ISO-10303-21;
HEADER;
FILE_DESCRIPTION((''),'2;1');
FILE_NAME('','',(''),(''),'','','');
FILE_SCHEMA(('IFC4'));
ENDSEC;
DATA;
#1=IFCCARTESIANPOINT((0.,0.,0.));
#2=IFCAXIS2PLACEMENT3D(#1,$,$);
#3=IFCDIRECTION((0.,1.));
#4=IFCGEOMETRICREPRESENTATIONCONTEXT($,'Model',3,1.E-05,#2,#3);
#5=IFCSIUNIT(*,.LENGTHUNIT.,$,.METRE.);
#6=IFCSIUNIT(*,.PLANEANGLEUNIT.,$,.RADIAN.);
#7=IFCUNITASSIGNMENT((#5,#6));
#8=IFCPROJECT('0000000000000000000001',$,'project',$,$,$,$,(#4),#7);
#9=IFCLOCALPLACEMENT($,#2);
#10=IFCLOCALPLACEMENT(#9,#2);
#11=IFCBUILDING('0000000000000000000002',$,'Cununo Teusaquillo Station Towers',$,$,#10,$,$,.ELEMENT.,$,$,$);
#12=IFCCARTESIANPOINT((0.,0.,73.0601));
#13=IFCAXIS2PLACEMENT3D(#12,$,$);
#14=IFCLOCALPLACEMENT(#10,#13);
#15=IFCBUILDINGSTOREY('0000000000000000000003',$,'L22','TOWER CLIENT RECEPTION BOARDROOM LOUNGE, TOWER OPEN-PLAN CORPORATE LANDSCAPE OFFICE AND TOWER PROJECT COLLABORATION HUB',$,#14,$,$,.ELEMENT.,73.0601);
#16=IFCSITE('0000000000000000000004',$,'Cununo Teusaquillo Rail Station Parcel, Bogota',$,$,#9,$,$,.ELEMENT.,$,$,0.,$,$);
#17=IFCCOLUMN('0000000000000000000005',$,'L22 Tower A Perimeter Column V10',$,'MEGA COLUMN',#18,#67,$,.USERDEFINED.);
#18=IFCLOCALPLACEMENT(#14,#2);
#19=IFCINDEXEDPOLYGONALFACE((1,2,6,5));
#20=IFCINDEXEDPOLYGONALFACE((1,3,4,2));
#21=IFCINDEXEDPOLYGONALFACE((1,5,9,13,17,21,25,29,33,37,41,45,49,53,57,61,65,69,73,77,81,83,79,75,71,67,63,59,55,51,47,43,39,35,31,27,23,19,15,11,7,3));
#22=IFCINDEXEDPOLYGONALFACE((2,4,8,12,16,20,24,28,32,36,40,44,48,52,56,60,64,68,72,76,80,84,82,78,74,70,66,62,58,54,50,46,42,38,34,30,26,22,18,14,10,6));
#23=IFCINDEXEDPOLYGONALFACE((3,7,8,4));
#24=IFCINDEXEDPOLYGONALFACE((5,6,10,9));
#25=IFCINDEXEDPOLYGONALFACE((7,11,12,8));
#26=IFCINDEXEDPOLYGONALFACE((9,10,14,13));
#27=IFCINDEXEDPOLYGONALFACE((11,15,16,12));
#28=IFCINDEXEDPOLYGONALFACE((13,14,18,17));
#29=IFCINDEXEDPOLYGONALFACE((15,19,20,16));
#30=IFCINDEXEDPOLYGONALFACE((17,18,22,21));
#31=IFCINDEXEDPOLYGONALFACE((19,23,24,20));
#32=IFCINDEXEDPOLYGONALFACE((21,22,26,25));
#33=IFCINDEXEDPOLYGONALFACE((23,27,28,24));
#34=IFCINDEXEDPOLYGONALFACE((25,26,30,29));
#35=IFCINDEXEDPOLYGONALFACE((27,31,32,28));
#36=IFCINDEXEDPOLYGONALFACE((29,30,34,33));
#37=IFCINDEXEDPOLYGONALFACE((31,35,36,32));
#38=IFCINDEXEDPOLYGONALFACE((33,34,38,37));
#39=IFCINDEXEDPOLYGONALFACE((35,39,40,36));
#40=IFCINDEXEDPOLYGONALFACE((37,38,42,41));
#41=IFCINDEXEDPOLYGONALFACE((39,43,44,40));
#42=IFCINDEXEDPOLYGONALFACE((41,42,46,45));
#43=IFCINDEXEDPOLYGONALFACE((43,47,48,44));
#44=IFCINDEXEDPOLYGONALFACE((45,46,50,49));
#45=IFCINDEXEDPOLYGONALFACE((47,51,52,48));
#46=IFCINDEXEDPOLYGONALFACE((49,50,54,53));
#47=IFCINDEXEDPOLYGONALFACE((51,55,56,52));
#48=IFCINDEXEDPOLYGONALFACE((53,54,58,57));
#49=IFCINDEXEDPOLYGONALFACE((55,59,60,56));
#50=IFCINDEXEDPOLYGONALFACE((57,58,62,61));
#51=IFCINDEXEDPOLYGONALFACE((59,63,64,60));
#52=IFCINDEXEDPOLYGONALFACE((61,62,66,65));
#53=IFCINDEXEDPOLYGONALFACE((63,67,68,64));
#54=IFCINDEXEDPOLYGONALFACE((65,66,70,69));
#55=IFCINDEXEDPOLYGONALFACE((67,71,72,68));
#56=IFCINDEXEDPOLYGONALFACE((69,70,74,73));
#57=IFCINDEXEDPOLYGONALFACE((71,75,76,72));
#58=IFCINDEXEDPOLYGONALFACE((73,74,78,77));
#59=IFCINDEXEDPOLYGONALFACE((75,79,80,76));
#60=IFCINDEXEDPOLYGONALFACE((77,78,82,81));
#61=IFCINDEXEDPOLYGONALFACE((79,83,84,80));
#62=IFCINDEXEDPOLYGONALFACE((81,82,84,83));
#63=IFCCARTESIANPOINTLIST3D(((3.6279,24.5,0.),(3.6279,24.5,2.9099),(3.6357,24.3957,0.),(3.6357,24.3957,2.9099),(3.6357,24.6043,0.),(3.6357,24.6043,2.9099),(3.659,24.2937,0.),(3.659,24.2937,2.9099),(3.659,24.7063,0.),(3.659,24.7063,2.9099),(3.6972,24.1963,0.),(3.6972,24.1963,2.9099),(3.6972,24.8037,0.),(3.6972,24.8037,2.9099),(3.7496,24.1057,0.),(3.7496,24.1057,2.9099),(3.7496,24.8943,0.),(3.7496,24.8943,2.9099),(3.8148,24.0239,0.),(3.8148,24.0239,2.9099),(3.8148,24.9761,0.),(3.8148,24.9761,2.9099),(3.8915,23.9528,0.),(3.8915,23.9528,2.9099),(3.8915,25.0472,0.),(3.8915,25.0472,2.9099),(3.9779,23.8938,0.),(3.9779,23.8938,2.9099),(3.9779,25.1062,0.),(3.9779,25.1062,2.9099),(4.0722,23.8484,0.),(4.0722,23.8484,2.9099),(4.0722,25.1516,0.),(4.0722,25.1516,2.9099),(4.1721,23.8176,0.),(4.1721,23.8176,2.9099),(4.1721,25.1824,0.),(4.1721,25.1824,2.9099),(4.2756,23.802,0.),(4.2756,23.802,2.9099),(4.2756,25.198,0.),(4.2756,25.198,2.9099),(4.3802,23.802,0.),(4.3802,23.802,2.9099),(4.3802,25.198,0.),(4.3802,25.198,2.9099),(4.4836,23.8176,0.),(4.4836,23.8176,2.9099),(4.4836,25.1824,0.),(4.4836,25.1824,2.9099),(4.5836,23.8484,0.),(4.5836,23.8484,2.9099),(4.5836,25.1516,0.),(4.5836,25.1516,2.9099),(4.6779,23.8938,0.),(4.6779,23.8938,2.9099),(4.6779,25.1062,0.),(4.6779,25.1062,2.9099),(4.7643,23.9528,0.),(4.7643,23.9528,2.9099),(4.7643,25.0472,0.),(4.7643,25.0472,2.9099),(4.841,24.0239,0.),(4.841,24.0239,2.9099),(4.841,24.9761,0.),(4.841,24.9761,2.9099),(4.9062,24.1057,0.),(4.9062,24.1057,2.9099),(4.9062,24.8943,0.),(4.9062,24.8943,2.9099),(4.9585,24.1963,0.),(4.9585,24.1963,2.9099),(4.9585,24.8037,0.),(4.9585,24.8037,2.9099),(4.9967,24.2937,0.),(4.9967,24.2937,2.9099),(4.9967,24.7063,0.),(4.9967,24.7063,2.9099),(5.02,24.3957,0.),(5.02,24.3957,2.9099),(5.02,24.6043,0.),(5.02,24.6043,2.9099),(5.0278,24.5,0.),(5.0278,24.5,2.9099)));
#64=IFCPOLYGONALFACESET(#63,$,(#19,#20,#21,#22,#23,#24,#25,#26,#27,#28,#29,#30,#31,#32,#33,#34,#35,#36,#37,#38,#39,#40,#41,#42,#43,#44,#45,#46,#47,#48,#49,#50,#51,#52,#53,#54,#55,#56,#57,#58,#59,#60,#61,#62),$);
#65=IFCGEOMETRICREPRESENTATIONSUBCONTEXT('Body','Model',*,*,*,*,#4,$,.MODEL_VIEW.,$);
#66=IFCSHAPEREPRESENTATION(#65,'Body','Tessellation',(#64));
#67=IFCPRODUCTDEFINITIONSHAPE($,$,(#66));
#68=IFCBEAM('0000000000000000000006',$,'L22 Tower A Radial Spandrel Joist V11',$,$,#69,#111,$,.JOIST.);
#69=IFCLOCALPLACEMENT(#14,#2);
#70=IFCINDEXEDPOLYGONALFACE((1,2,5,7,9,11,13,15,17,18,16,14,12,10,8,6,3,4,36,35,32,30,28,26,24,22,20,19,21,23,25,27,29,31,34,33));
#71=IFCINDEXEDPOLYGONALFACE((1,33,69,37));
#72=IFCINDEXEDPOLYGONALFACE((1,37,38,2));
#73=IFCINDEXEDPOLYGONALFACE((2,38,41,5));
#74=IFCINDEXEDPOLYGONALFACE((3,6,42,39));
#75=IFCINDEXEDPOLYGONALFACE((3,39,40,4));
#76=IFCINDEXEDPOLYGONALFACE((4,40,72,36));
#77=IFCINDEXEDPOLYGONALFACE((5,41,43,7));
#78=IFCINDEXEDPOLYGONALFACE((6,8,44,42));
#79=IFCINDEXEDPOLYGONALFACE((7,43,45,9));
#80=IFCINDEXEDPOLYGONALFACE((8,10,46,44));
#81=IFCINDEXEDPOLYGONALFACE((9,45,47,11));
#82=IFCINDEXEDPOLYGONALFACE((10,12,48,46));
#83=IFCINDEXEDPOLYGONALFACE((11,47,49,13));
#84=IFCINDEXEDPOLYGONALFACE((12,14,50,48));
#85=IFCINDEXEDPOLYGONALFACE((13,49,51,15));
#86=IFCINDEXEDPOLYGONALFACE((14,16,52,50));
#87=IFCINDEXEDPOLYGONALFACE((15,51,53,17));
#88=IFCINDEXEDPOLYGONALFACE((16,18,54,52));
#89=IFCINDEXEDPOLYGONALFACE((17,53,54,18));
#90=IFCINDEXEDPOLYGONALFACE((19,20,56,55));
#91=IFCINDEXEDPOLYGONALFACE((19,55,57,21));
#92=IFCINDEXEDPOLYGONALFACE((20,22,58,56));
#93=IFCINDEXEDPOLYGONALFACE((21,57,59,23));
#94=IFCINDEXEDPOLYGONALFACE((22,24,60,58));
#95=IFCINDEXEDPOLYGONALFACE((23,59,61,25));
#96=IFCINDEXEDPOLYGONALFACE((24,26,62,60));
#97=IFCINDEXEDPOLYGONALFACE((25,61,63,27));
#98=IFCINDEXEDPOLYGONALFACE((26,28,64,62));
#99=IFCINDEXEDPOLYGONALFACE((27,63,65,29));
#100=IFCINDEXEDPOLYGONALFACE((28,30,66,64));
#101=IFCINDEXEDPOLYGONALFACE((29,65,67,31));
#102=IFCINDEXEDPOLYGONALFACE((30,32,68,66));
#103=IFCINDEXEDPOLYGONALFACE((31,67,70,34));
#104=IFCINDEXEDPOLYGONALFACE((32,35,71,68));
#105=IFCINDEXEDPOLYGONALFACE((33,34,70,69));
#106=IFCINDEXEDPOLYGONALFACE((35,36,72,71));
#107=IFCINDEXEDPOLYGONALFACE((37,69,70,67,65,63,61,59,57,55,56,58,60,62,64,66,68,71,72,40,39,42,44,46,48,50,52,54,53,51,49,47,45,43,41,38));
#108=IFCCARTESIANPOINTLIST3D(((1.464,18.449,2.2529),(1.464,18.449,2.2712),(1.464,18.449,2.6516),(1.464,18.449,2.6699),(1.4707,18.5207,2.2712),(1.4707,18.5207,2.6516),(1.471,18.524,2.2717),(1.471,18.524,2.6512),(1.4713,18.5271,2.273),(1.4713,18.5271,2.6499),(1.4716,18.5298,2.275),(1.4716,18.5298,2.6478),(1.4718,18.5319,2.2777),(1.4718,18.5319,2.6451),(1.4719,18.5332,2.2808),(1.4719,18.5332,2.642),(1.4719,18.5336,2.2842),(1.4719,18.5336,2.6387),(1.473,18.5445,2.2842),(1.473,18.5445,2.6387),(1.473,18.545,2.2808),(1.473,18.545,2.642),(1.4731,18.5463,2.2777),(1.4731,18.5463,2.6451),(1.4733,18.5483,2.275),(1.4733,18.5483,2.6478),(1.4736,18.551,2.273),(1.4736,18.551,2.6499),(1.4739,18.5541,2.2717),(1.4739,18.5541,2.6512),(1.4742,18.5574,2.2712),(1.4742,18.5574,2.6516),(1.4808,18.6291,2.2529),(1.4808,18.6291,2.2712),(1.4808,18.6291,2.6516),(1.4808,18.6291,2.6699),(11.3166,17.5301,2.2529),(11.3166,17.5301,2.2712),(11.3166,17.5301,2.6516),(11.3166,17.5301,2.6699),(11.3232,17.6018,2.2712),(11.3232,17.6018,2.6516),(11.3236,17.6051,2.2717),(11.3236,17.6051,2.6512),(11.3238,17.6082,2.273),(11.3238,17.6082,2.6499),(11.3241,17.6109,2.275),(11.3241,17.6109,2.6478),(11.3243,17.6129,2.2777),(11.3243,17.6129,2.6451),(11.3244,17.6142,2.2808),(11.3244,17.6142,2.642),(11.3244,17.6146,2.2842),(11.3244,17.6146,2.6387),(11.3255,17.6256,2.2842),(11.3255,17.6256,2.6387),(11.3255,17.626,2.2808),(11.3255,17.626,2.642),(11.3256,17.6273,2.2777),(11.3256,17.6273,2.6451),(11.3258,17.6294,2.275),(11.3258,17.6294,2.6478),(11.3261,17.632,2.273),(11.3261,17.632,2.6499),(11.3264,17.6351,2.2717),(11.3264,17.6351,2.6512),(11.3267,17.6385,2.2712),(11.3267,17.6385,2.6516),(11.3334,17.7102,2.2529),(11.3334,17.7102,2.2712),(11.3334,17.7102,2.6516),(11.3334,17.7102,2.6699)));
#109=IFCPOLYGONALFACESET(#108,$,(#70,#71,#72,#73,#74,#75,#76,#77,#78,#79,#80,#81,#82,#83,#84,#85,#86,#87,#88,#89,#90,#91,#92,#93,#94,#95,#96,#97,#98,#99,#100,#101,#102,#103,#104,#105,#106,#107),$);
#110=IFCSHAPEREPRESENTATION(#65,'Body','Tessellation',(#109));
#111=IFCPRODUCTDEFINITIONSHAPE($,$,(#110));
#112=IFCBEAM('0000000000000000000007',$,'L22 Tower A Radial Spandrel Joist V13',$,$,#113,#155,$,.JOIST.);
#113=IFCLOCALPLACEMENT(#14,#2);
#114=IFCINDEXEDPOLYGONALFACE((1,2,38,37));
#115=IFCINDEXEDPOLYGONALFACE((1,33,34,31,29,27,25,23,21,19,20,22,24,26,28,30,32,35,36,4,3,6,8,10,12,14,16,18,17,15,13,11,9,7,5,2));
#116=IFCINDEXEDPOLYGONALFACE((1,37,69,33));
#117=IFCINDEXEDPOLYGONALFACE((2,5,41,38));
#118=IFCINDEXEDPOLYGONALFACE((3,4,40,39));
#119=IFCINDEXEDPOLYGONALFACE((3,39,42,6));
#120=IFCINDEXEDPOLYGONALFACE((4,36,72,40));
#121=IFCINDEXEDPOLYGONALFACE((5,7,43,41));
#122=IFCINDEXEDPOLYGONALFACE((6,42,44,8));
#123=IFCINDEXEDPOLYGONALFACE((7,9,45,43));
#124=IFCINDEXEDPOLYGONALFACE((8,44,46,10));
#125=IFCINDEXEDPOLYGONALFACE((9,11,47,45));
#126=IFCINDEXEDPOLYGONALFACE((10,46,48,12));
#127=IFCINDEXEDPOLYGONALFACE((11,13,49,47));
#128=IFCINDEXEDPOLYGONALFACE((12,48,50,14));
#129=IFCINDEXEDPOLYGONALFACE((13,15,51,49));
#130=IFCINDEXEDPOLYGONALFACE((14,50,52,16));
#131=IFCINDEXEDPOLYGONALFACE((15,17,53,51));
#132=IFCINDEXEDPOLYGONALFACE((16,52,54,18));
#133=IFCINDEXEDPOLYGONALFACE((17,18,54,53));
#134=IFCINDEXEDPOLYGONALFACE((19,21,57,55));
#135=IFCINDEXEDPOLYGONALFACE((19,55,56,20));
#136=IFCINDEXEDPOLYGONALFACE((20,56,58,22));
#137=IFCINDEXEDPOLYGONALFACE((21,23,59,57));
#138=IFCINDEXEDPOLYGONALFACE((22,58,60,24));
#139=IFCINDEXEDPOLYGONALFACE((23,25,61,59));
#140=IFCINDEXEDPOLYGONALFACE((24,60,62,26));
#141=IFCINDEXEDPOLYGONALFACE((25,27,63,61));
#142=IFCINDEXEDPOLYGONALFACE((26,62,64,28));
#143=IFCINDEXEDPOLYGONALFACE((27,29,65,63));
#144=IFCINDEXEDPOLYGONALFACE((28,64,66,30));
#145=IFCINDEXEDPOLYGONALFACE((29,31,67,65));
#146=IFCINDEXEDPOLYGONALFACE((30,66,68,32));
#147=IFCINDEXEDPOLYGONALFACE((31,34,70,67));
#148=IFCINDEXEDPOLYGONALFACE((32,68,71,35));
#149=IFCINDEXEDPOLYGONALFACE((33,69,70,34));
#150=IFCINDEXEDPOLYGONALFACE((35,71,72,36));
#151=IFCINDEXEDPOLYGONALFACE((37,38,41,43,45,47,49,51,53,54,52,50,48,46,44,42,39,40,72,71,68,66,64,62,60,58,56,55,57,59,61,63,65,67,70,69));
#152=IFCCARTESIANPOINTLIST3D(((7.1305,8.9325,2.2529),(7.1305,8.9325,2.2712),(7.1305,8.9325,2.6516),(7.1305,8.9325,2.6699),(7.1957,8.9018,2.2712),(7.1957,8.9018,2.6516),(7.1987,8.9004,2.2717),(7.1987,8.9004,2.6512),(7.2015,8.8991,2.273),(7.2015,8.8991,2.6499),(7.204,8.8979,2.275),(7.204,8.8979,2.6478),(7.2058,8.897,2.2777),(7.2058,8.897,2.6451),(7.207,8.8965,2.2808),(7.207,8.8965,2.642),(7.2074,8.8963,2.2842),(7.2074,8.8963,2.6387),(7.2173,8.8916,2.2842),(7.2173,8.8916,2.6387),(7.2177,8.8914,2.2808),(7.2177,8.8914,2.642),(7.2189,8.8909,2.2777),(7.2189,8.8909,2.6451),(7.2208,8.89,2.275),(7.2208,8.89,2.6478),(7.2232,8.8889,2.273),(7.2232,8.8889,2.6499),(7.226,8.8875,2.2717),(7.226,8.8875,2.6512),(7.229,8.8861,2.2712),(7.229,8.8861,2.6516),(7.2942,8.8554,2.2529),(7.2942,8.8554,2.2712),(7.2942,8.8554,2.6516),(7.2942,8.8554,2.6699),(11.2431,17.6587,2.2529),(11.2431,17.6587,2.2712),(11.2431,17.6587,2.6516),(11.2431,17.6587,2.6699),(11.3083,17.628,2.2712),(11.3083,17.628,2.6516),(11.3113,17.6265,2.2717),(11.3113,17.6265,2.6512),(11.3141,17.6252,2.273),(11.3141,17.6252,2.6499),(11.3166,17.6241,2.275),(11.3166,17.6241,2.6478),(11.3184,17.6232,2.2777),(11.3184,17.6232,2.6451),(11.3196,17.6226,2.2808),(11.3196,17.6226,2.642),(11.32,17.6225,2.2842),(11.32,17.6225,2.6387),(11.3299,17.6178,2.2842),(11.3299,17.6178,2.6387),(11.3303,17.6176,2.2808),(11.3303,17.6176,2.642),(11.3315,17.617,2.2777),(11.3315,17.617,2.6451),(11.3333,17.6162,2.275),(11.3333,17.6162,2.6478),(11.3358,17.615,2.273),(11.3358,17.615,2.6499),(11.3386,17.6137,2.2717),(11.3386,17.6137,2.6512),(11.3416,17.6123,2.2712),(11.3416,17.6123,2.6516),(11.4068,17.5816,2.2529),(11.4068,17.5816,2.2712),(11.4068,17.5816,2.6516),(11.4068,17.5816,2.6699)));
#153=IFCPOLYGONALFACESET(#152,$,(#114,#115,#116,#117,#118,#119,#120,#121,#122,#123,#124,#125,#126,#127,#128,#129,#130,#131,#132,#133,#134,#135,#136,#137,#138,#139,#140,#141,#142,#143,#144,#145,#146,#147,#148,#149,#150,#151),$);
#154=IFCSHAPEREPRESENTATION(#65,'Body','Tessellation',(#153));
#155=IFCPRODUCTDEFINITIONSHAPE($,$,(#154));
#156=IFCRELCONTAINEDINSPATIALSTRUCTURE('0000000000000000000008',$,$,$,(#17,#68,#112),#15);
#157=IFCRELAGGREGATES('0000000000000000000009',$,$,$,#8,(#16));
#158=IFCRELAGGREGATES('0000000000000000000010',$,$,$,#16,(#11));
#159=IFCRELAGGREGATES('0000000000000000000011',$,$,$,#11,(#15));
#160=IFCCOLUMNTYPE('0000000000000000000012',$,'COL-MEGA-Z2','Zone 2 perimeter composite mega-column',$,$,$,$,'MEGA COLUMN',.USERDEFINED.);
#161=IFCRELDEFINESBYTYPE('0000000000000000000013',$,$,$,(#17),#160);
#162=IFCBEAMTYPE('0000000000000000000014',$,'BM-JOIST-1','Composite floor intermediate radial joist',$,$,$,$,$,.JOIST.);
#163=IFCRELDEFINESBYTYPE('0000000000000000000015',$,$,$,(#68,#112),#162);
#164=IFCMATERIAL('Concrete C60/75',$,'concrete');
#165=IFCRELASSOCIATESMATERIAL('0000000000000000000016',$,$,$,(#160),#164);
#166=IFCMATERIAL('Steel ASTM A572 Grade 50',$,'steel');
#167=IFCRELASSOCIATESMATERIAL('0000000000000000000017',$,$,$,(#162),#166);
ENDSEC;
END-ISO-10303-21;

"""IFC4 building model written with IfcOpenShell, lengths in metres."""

from ifc_helpers import new_model, si_unit, direction, frame, origin, origin_2d, place, context, subcontext, project, spatial, circle, i_section, extrude, material, material_profile, profile_set, type_object, element, save


model = new_model("IFC4")

# Units and contexts
model_context = context("Model", 3, precision=1e-05, world=origin(), true_north=direction((0.0, 1.0)))
body_context = subcontext(model_context, "Body", "Model", "MODEL_VIEW")
ifc_project = project(units=[si_unit("LENGTHUNIT", "METRE"), si_unit("PLANEANGLEUNIT", "RADIAN")], contexts=[model_context])

# Site, building, storey
site_placement = place(None, origin())
site = spatial("IfcSite", under=ifc_project, at=site_placement, Name="Cununo Teusaquillo Rail Station Parcel, Bogota", CompositionType="ELEMENT", RefElevation=0.0)
building_placement = place(site_placement, origin())
building = spatial("IfcBuilding", under=site, at=building_placement, Name="Cununo Teusaquillo Station Towers", CompositionType="ELEMENT")
storey_placement = place(building_placement, frame((0.0, 0.0, 73.0601)))
storey = spatial("IfcBuildingStorey", under=building, at=storey_placement, Name="L22", Description="TOWER CLIENT RECEPTION BOARDROOM LOUNGE, TOWER OPEN-PLAN CORPORATE LANDSCAPE OFFICE AND TOWER PROJECT COLLABORATION HUB", CompositionType="ELEMENT", Elevation=73.0601)

# Column
ifc_material_1 = material(Name="Concrete C60/75", Category="concrete")
ifc_material_profile_1 = material_profile(ifc_material_1, circle(Radius=0.7, at=origin_2d()), Name="RC-CIRC-1400")
ifc_profile_set_1 = profile_set([ifc_material_profile_1], Name="Concrete C60/75")
column_type = type_object("IfcColumnType", Name="COL-MEGA-Z2", Description="Zone 2 perimeter composite mega-column", ElementType="MEGA COLUMN", PredefinedType="USERDEFINED", material=ifc_profile_set_1)
column_placement = place(storey_placement, frame((4.3279, 24.5, 0.0), z_axis=(0.0, 0.0, 1.0), x_axis=(1.0, 0.0, 0.0)))
element("IfcColumn", 1, at=column_placement, inside=storey, type_object=column_type, Name="L22 Tower A Perimeter Column V10", ObjectType="MEGA COLUMN", PredefinedType="USERDEFINED", context=body_context, shape_type="SweptSolid", body=[
    extrude(circle(Radius=0.7, at=origin_2d()), origin(), (0.0, 0.0, 1.0), 2.9099),
])

# Beams
ifc_material_2 = material(Name="Steel ASTM A572 Grade 50", Category="steel")
ifc_material_profile_2 = material_profile(ifc_material_2, i_section(OverallWidth=0.1809, OverallDepth=0.417, WebThickness=0.011, FlangeThickness=0.0183, FilletRadius=0.0129, at=origin_2d()), Name="W16X57")
ifc_profile_set_2 = profile_set([ifc_material_profile_2], Name="Steel ASTM A572 Grade 50")
beam_type_1 = type_object("IfcBeamType", Name="BM-JOIST-1", Description="Composite floor intermediate radial joist", PredefinedType="JOIST", material=ifc_profile_set_2)
beam_1_placement = place(storey_placement, frame((11.325, 17.6201, 2.4614), z_axis=(-0.995679, 0.092867, 0.0), x_axis=(-0.092867, -0.995679, 0.0)))
element("IfcBeam", 2, at=beam_1_placement, inside=storey, type_object=beam_type_1, Name="L22 Tower A Radial Spandrel Joist V11", PredefinedType="JOIST", context=body_context, shape_type="SweptSolid", body=[
    extrude(i_section(OverallWidth=0.1809, OverallDepth=0.417, WebThickness=0.011, FlangeThickness=0.0183, FilletRadius=0.0129, at=origin_2d()), origin(), (0.0, 0.0, 1.0), 9.8953),
])
beam_2_placement = place(storey_placement, frame((11.325, 17.6201, 2.4614), z_axis=(-0.42632, -0.904572, 0.0), x_axis=(0.904572, -0.42632, 0.0)))
element("IfcBeam", 3, at=beam_2_placement, inside=storey, type_object=beam_type_1, Name="L22 Tower A Radial Spandrel Joist V13", PredefinedType="JOIST", context=body_context, shape_type="SweptSolid", body=[
    extrude(i_section(OverallWidth=0.1809, OverallDepth=0.417, WebThickness=0.011, FlangeThickness=0.0183, FilletRadius=0.0129, at=origin_2d()), origin(), (0.0, 0.0, 1.0), 9.6467),
])

save(model, "model.ifc")
